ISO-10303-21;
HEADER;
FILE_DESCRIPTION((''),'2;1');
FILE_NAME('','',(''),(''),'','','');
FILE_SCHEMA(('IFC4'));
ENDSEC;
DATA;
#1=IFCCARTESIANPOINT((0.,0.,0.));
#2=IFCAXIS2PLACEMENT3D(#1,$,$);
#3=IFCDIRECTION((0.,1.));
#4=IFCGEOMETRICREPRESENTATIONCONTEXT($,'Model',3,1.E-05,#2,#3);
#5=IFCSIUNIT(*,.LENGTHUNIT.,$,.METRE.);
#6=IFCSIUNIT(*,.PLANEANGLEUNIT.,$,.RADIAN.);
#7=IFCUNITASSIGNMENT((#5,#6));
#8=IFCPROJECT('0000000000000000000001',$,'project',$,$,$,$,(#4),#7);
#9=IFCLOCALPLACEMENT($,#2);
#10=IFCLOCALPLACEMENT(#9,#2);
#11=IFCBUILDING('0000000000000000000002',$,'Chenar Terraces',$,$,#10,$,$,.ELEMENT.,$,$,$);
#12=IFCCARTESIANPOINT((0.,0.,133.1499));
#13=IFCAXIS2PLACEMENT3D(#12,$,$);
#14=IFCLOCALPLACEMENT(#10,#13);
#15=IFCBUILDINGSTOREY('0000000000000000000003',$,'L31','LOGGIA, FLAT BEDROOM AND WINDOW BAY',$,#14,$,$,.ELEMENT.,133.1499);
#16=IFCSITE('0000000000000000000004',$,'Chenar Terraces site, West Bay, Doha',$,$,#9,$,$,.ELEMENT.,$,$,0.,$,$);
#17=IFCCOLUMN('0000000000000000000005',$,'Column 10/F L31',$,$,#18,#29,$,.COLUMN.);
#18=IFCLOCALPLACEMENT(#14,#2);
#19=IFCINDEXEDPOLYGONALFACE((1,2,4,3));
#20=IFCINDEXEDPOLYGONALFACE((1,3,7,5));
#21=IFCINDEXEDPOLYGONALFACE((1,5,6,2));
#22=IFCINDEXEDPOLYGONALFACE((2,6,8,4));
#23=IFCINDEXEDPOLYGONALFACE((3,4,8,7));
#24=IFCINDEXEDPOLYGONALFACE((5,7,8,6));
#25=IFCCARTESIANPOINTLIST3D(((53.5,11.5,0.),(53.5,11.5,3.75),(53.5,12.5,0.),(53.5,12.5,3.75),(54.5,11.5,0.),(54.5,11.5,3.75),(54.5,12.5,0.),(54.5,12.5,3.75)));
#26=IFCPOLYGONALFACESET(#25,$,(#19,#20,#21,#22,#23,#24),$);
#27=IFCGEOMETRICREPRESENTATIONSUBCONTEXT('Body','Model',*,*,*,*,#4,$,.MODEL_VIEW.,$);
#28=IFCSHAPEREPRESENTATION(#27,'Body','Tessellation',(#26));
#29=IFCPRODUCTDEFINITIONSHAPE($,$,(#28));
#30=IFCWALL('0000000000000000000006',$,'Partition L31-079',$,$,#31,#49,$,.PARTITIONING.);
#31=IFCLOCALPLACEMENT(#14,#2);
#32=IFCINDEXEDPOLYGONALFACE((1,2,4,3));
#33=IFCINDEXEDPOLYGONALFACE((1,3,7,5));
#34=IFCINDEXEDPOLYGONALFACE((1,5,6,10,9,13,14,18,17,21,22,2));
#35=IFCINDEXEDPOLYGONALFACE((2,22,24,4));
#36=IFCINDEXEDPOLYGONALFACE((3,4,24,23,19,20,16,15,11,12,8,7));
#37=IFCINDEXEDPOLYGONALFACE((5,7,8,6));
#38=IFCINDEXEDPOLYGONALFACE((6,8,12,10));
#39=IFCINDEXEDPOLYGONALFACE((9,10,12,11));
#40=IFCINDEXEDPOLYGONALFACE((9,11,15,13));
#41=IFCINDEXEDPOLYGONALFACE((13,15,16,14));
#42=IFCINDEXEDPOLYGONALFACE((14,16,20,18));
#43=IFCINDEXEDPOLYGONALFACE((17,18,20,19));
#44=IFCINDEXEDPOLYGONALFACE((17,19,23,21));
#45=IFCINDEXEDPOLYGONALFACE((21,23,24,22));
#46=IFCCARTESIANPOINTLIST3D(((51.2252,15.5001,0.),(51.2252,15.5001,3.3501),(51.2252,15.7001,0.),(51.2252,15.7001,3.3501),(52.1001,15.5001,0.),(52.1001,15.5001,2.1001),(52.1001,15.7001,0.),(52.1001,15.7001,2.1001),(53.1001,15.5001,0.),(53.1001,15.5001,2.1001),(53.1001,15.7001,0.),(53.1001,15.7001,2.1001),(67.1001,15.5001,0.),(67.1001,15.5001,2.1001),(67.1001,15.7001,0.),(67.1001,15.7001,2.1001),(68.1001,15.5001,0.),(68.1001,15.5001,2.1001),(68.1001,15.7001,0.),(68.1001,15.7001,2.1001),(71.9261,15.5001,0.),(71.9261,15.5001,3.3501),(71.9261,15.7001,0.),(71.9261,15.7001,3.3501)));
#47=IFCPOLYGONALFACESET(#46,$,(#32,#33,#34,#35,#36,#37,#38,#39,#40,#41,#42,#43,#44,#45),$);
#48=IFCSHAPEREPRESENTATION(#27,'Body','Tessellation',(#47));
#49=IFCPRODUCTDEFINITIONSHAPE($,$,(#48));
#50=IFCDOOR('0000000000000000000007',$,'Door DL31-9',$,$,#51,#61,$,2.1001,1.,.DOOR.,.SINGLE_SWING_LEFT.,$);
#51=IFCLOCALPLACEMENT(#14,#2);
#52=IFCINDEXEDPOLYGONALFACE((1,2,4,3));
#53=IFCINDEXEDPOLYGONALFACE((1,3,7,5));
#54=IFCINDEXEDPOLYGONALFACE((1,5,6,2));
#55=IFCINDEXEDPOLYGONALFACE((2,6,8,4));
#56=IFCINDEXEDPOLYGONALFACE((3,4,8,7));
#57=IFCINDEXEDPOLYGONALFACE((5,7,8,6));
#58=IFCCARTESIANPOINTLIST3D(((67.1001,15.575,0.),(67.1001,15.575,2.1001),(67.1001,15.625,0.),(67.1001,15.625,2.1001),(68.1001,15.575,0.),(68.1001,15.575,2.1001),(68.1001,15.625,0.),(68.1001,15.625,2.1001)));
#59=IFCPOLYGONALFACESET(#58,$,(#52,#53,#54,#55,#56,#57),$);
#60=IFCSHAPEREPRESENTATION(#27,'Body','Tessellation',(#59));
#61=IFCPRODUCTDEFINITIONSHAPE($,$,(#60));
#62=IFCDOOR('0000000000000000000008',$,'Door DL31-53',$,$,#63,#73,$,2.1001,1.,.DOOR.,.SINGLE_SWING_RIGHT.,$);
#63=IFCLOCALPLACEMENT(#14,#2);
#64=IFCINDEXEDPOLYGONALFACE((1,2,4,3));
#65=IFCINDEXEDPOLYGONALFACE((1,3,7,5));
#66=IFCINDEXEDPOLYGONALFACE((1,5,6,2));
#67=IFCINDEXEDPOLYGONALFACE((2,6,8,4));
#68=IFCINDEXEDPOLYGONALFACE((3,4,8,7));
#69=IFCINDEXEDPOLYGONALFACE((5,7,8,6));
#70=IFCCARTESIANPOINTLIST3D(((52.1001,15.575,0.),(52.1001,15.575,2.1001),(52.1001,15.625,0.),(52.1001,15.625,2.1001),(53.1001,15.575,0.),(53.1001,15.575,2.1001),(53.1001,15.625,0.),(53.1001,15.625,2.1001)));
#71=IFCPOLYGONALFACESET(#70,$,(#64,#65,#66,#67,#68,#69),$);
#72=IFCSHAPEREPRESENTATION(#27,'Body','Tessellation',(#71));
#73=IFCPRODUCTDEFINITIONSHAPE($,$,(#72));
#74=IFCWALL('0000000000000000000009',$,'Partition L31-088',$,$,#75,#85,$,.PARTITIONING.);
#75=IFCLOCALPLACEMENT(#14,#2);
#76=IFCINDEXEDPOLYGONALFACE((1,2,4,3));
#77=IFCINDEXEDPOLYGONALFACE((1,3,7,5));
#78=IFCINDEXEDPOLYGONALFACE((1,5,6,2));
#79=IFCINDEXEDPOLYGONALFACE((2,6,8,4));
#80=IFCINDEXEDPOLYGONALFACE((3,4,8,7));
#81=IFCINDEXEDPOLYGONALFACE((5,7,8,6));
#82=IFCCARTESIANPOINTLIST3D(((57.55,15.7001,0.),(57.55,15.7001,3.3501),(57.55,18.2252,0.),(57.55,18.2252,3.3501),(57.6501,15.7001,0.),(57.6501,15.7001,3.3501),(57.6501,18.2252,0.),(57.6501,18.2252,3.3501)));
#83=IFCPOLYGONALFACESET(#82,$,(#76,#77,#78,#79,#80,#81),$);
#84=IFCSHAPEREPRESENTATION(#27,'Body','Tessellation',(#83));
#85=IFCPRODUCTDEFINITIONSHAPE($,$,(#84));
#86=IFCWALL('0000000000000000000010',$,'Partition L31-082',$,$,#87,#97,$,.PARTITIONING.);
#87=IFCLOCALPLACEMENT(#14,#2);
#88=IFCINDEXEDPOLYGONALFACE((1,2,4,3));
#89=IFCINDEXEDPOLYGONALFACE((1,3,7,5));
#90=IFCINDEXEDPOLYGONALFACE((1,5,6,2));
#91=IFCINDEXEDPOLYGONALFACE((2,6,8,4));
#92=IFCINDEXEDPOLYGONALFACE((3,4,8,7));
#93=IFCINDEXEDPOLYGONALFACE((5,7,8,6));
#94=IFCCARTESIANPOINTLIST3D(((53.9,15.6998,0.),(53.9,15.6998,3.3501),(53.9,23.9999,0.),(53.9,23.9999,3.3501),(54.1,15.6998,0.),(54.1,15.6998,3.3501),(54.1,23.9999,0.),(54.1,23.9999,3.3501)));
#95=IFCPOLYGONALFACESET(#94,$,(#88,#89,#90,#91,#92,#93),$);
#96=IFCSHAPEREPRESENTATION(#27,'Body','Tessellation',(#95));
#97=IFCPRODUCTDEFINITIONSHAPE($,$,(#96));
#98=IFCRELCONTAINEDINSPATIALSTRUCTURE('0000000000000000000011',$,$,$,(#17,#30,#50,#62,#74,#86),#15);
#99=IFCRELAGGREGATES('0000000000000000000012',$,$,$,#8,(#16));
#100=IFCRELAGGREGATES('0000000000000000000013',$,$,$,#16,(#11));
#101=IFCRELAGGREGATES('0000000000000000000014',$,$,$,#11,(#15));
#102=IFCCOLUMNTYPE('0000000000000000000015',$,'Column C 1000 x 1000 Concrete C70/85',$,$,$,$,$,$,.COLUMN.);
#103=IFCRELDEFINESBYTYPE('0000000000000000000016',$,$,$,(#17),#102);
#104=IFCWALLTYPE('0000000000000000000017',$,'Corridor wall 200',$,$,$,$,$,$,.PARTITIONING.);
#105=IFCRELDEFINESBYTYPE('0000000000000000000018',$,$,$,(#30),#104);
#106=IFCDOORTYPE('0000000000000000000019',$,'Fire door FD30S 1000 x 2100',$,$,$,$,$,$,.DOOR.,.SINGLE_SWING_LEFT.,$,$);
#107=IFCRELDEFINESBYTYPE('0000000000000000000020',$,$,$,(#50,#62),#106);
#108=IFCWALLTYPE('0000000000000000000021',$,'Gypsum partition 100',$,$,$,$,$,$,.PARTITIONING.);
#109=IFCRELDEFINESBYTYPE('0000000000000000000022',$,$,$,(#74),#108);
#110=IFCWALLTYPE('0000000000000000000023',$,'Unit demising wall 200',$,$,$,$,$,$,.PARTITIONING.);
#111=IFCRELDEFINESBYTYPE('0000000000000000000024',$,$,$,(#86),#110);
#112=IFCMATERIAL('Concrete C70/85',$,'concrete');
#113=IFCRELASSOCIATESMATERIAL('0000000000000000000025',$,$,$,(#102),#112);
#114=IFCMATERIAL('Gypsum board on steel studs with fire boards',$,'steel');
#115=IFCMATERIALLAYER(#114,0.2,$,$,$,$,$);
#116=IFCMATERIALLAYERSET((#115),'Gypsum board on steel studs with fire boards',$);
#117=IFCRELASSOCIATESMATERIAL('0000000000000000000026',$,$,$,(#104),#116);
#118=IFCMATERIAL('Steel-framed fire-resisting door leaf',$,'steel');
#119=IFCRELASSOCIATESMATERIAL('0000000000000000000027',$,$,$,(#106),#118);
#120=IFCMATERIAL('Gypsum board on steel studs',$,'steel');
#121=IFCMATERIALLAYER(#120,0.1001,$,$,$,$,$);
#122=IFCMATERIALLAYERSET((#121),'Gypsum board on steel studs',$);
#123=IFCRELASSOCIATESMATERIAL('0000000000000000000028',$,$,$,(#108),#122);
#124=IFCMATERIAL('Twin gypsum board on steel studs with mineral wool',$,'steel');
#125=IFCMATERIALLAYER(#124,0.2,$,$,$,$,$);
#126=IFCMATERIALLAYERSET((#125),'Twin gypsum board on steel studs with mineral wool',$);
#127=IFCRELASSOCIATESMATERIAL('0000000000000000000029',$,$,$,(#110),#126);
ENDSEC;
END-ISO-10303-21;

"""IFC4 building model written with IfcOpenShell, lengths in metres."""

from ifc_helpers import new_model, si_unit, direction, frame, frame_2d, origin, origin_2d, place, context, subcontext, project, spatial, rectangle, extrude, material, layer, layer_set, material_profile, profile_set, type_object, element, fill, save


model = new_model("IFC4")

# Units and contexts
model_context = context("Model", 3, precision=1e-05, world=origin(), true_north=direction((0.0, 1.0)))
body_context = subcontext(model_context, "Body", "Model", "MODEL_VIEW")
ifc_project = project(units=[si_unit("LENGTHUNIT", "METRE"), si_unit("PLANEANGLEUNIT", "RADIAN")], contexts=[model_context])

# Site, building, storey
site_placement = place(None, origin())
site = spatial("IfcSite", under=ifc_project, at=site_placement, Name="Chenar Terraces site, West Bay, Doha", CompositionType="ELEMENT", RefElevation=0.0)
building_placement = place(site_placement, origin())
building = spatial("IfcBuilding", under=site, at=building_placement, Name="Chenar Terraces", CompositionType="ELEMENT")
storey_placement = place(building_placement, frame((0.0, 0.0, 133.1499)))
storey = spatial("IfcBuildingStorey", under=building, at=storey_placement, Name="L31", Description="LOGGIA, FLAT BEDROOM AND WINDOW BAY", CompositionType="ELEMENT", Elevation=133.1499)

# Column
ifc_material_1 = material(Name="Concrete C70/85", Category="concrete")
ifc_material_profile = material_profile(ifc_material_1, rectangle(XDim=1.0, YDim=1.0, at=origin_2d()), Name="C 1000 x 1000")
ifc_profile_set = profile_set([ifc_material_profile], Name="Concrete C70/85")
column_type = type_object("IfcColumnType", Name="Column C 1000 x 1000 Concrete C70/85", PredefinedType="COLUMN", material=ifc_profile_set)
column_placement = place(storey_placement, frame((54.0, 12.0, 0.0), z_axis=(0.0, 0.0, 1.0), x_axis=(1.0, 0.0, 0.0)))
element("IfcColumn", 1, at=column_placement, inside=storey, type_object=column_type, Name="Column 10/F L31", PredefinedType="COLUMN", context=body_context, shape_type="SweptSolid", body=[
    extrude(rectangle(XDim=1.0, YDim=1.0, at=origin_2d()), origin(), (0.0, 0.0, 1.0), 3.75),
])

# Wall, openings, doors
ifc_material_2 = material(Name="Gypsum board on steel studs with fire boards", Category="steel")
ifc_layer_1 = layer(ifc_material_2, 0.2)
ifc_layer_set_1 = layer_set([ifc_layer_1], Name="Gypsum board on steel studs with fire boards")
wall_type_1 = type_object("IfcWallType", Name="Corridor wall 200", PredefinedType="PARTITIONING", material=ifc_layer_set_1)
wall_1_placement = place(storey_placement, frame((51.2251, 15.6001, 0.0), z_axis=(0.0, 0.0, 1.0), x_axis=(1.0, 0.0, 0.0)))
wall_1 = element("IfcWall", 2, at=wall_1_placement, inside=storey, type_object=wall_type_1, Name="Partition L31-079", PredefinedType="PARTITIONING", context=body_context, shape_type="SweptSolid", body=[
    extrude(rectangle(XDim=20.7009, YDim=0.2, at=frame_2d((10.3506, 0.0))), origin(), (0.0, 0.0, 1.0), 3.3501),
])
opening_1_placement = place(wall_1_placement, frame((15.875, 0.0, 0.0)))
opening_1 = element("IfcOpeningElement", 3, at=opening_1_placement, cuts=wall_1, PredefinedType="OPENING", context=body_context, shape_type="SweptSolid", body=[
    extrude(rectangle(XDim=1.0, YDim=2.1001, at=frame_2d((0.5, 1.05))), frame((0.0, 0.1099, 0.0), z_axis=(0.0, -1.0, 0.0), x_axis=(1.0, 0.0, 0.0)), (0.0, 0.0, 1.0), 0.22),
])
opening_2_placement = place(wall_1_placement, frame((0.875, 0.0, 0.0)))
opening_2 = element("IfcOpeningElement", 4, at=opening_2_placement, cuts=wall_1, PredefinedType="OPENING", context=body_context, shape_type="SweptSolid", body=[
    extrude(rectangle(XDim=1.0, YDim=2.1001, at=frame_2d((0.5, 1.05))), frame((0.0, 0.1099, 0.0), z_axis=(0.0, -1.0, 0.0), x_axis=(1.0, 0.0, 0.0)), (0.0, 0.0, 1.0), 0.22),
])
ifc_material_3 = material(Name="Steel-framed fire-resisting door leaf", Category="steel")
door_type_1 = type_object("IfcDoorType", Name="Fire door FD30S 1000 x 2100", OperationType="SINGLE_SWING_LEFT", PredefinedType="DOOR", material=ifc_material_3)
door_1_placement = place(opening_1_placement, origin())
door_1 = element("IfcDoor", 5, at=door_1_placement, inside=storey, type_object=door_type_1, Name="Door DL31-9", OperationType="SINGLE_SWING_LEFT", OverallHeight=2.1001, OverallWidth=1.0, PredefinedType="DOOR", context=body_context, shape_type="SweptSolid", body=[
    extrude(rectangle(XDim=1.0, YDim=2.1001, at=frame_2d((0.5, 1.05))), frame((0.0, 0.0249, 0.0), z_axis=(0.0, -1.0, 0.0), x_axis=(1.0, 0.0, 0.0)), (0.0, 0.0, 1.0), 0.05),
])
fill(opening_1, door_1)
door_2_placement = place(opening_2_placement, origin())
door_2 = element("IfcDoor", 6, at=door_2_placement, inside=storey, type_object=door_type_1, Name="Door DL31-53", OperationType="SINGLE_SWING_RIGHT", OverallHeight=2.1001, OverallWidth=1.0, PredefinedType="DOOR", context=body_context, shape_type="SweptSolid", body=[
    extrude(rectangle(XDim=1.0, YDim=2.1001, at=frame_2d((0.5, 1.05))), frame((0.0, 0.0249, 0.0), z_axis=(0.0, -1.0, 0.0), x_axis=(1.0, 0.0, 0.0)), (0.0, 0.0, 1.0), 0.05),
])
fill(opening_2, door_2)

# Walls
ifc_material_4 = material(Name="Gypsum board on steel studs", Category="steel")
ifc_layer_2 = layer(ifc_material_4, 0.1001)
ifc_layer_set_2 = layer_set([ifc_layer_2], Name="Gypsum board on steel studs")
wall_type_2 = type_object("IfcWallType", Name="Gypsum partition 100", PredefinedType="PARTITIONING", material=ifc_layer_set_2)
wall_2_placement = place(storey_placement, frame((57.6001, 15.7, 0.0), z_axis=(0.0, 0.0, 1.0), x_axis=(0.0, 1.0, 0.0)))
element("IfcWall", 7, at=wall_2_placement, inside=storey, type_object=wall_type_2, Name="Partition L31-088", PredefinedType="PARTITIONING", context=body_context, shape_type="SweptSolid", body=[
    extrude(rectangle(XDim=2.5251, YDim=0.1001, at=frame_2d((1.2627, 0.0))), origin(), (0.0, 0.0, 1.0), 3.3501),
])
ifc_material_5 = material(Name="Twin gypsum board on steel studs with mineral wool", Category="steel")
ifc_layer_3 = layer(ifc_material_5, 0.2)
ifc_layer_set_3 = layer_set([ifc_layer_3], Name="Twin gypsum board on steel studs with mineral wool")
wall_type_3 = type_object("IfcWallType", Name="Unit demising wall 200", PredefinedType="PARTITIONING", material=ifc_layer_set_3)
wall_3_placement = place(storey_placement, frame((54.0, 15.7, 0.0), z_axis=(0.0, 0.0, 1.0), x_axis=(0.0, 1.0, 0.0)))
element("IfcWall", 8, at=wall_3_placement, inside=storey, type_object=wall_type_3, Name="Partition L31-082", PredefinedType="PARTITIONING", context=body_context, shape_type="SweptSolid", body=[
    extrude(rectangle(XDim=8.3, YDim=0.2, at=frame_2d((4.1499, 0.0))), origin(), (0.0, 0.0, 1.0), 3.3501),
])

save(model, "model.ifc")
